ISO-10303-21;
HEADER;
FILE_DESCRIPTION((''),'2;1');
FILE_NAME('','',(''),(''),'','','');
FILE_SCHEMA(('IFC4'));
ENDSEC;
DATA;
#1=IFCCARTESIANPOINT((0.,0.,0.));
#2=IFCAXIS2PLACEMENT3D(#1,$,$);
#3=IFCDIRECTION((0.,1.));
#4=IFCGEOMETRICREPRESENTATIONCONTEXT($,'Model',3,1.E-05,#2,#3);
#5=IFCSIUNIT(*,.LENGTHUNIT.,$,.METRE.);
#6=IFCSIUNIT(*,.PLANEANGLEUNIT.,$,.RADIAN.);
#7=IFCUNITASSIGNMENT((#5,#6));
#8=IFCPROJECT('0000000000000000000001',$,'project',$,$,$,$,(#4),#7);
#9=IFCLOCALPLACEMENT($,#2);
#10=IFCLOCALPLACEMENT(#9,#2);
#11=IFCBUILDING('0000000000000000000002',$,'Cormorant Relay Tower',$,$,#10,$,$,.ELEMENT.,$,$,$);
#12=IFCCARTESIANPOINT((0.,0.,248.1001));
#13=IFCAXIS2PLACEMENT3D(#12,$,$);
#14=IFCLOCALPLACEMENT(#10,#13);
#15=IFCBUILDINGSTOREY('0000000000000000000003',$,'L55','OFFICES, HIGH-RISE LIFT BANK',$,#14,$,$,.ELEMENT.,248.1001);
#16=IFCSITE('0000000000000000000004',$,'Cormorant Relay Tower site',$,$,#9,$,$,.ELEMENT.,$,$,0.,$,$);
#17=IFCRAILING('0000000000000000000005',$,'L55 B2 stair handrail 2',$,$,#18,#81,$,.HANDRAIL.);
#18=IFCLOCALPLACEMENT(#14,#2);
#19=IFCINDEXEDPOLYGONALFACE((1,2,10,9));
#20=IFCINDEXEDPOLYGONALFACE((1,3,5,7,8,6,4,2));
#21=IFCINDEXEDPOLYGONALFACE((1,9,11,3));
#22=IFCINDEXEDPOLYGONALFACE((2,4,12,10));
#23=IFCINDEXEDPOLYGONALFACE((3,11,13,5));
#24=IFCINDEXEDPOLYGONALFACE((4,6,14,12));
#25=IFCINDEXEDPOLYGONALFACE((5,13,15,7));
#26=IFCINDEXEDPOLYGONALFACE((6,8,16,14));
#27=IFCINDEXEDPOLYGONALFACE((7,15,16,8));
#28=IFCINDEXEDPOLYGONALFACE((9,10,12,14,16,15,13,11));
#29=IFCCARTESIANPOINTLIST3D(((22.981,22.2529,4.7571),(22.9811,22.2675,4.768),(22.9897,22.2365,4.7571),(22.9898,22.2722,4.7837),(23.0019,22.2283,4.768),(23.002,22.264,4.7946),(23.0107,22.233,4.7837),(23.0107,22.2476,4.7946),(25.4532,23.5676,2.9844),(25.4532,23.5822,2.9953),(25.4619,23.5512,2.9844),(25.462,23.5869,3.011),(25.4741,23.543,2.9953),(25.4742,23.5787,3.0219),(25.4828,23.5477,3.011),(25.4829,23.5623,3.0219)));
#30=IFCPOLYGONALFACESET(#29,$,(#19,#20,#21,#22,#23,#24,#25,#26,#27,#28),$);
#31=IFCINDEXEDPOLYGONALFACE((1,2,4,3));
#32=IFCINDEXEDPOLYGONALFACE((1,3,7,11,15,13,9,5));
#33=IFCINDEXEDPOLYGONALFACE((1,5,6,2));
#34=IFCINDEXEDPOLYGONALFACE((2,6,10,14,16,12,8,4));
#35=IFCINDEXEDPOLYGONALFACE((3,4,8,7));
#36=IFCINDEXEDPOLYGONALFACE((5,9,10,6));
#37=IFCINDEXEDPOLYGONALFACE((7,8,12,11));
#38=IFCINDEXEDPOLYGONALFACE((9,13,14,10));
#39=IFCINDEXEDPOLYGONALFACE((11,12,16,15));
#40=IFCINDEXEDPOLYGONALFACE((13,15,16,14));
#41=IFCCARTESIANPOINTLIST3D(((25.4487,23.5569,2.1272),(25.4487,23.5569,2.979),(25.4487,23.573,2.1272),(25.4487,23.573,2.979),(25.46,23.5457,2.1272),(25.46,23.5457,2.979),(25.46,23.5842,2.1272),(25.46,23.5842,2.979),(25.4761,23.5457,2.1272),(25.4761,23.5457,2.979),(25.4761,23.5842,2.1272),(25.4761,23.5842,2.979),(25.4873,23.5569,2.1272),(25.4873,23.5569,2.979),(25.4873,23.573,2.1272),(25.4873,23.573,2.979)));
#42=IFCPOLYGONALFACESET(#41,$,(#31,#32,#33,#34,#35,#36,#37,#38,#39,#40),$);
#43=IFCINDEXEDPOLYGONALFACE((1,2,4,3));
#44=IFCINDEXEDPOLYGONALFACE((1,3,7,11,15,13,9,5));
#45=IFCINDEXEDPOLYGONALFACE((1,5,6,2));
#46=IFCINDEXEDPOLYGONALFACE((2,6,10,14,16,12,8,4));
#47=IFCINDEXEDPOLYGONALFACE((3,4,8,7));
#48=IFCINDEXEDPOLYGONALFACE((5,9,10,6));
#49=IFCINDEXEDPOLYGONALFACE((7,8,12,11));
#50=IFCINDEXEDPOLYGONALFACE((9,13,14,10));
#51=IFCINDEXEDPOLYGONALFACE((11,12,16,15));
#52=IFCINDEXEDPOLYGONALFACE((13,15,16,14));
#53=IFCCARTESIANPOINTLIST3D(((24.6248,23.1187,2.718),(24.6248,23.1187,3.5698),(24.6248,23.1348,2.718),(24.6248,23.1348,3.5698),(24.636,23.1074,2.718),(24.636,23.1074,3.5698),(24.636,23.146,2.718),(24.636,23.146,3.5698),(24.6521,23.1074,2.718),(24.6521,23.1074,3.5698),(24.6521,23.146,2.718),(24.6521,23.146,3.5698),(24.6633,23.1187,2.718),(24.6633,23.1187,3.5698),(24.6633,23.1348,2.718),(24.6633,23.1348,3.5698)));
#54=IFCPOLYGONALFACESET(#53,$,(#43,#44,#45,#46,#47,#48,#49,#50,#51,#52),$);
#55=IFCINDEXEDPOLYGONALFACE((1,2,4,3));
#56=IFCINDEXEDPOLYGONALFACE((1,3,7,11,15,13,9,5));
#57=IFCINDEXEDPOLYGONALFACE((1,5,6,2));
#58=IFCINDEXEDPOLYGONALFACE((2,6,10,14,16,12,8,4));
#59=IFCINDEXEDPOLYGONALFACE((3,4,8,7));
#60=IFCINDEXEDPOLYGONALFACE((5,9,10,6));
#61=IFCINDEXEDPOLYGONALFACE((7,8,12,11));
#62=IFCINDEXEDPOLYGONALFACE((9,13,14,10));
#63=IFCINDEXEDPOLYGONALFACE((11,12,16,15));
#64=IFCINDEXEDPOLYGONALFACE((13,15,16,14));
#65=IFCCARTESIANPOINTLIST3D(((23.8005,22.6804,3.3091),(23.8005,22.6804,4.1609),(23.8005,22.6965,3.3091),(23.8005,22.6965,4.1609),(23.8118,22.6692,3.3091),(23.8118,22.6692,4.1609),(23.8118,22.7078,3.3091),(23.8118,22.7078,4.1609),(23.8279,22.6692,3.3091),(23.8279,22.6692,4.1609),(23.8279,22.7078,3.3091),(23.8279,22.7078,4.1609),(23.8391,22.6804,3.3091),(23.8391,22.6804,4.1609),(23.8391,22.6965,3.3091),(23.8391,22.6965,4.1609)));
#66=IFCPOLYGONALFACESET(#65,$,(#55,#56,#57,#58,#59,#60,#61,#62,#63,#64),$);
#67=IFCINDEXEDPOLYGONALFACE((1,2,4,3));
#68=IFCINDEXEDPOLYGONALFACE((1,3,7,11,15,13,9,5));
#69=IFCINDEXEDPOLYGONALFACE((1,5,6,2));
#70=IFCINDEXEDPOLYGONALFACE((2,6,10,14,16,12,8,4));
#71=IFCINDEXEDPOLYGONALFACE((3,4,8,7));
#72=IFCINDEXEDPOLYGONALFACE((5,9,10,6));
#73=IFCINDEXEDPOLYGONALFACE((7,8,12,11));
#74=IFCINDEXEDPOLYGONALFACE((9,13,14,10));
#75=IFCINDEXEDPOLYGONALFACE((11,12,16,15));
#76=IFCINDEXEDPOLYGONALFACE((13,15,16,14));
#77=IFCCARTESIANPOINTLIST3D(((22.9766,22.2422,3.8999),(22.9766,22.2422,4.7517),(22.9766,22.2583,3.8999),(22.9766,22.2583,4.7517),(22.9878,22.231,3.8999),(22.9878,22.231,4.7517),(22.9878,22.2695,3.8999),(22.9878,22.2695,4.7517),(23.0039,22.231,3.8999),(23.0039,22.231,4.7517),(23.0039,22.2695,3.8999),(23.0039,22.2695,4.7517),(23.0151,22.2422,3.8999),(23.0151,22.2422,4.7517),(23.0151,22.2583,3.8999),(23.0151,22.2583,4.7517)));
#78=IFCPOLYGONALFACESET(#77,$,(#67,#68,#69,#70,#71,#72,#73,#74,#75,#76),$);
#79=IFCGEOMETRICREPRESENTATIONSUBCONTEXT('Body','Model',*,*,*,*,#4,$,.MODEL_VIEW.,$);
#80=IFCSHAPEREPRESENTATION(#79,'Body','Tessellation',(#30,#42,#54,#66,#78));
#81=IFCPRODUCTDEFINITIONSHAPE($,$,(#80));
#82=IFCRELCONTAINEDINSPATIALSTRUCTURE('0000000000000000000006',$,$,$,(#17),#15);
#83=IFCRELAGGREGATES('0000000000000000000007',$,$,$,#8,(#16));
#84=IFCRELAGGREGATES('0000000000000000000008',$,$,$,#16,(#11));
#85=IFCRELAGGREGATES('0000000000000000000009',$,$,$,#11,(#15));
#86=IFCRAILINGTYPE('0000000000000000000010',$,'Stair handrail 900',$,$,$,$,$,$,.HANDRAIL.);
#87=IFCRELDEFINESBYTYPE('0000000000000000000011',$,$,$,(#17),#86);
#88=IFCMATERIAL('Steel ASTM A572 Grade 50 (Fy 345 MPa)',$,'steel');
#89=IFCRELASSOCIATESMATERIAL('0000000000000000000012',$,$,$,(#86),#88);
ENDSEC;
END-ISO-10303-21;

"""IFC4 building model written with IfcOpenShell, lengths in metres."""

from ifc_helpers import new_model, si_unit, direction, frame, origin, place, context, subcontext, project, spatial, polyline, outline, extrude, material, type_object, element, save


model = new_model("IFC4")

# Units and contexts
model_context = context("Model", 3, precision=1e-05, world=origin(), true_north=direction((0.0, 1.0)))
body_context = subcontext(model_context, "Body", "Model", "MODEL_VIEW")
ifc_project = project(units=[si_unit("LENGTHUNIT", "METRE"), si_unit("PLANEANGLEUNIT", "RADIAN")], contexts=[model_context])

# Site, building, storey
site_placement = place(None, origin())
site = spatial("IfcSite", under=ifc_project, at=site_placement, Name="Cormorant Relay Tower site", CompositionType="ELEMENT", RefElevation=0.0)
building_placement = place(site_placement, origin())
building = spatial("IfcBuilding", under=site, at=building_placement, Name="Cormorant Relay Tower", CompositionType="ELEMENT")
storey_placement = place(building_placement, frame((0.0, 0.0, 248.1001)))
storey = spatial("IfcBuildingStorey", under=building, at=storey_placement, Name="L55", Description="OFFICES, HIGH-RISE LIFT BANK", CompositionType="ELEMENT", Elevation=248.1001)

# Railing
ifc_material_1 = material(Name="Steel ASTM A572 Grade 50 (Fy 345 MPa)", Category="steel")
railing_type = type_object("IfcRailingType", Name="Stair handrail 900", PredefinedType="HANDRAIL", material=ifc_material_1)
railing_placement = place(storey_placement, frame((25.468, 23.5649, 2.1272)))
element("IfcRailing", 1, at=railing_placement, inside=storey, type_object=railing_type, Name="L55 B2 stair handrail 2", PredefinedType="HANDRAIL", context=body_context, shape_type="SweptSolid", body=[
    extrude(outline(polyline([(0.0222, 0.0093), (0.0093, 0.0222), (-0.0093, 0.0222), (-0.0222, 0.0093), (-0.0222, -0.0093), (-0.0093, -0.0222), (0.0093, -0.0222), (0.0222, -0.0093), (0.0222, 0.0093)])), frame((0.0, 0.0, 0.876), z_axis=(-0.745979, -0.396711, 0.534916), x_axis=(0.469533, -0.882915, 0.0)), (0.0, 0.0, 1.0), 3.314),
    extrude(outline(polyline([(0.0193, 0.0081), (0.0081, 0.0193), (-0.0081, 0.0193), (-0.0193, 0.0081), (-0.0193, -0.0081), (-0.0081, -0.0193), (0.0081, -0.0193), (0.0193, -0.0081), (0.0193, 0.0081)])), origin(), (0.0, 0.0, 1.0), 0.8518),
    extrude(outline(polyline([(0.0193, 0.0081), (0.0081, 0.0193), (-0.0081, 0.0193), (-0.0193, 0.0081), (-0.0193, -0.0081), (-0.0081, -0.0193), (0.0081, -0.0193), (0.0193, -0.0081), (0.0193, 0.0081)])), frame((-0.824, -0.4382, 0.5908)), (0.0, 0.0, 1.0), 0.8518),
    extrude(outline(polyline([(0.0193, 0.0081), (0.0081, 0.0193), (-0.0081, 0.0193), (-0.0193, 0.0081), (-0.0193, -0.0081), (-0.0081, -0.0193), (0.0081, -0.0193), (0.0193, -0.0081), (0.0193, 0.0081)])), frame((-1.6482, -0.8765, 1.1819)), (0.0, 0.0, 1.0), 0.8518),
    extrude(outline(polyline([(0.0193, 0.0081), (0.0081, 0.0193), (-0.0081, 0.0193), (-0.0193, 0.0081), (-0.0193, -0.0081), (-0.0081, -0.0193), (0.0081, -0.0193), (0.0193, -0.0081), (0.0193, 0.0081)])), frame((-2.4722, -1.3147, 1.7727)), (0.0, 0.0, 1.0), 0.8518),
])

save(model, "model.ifc")
